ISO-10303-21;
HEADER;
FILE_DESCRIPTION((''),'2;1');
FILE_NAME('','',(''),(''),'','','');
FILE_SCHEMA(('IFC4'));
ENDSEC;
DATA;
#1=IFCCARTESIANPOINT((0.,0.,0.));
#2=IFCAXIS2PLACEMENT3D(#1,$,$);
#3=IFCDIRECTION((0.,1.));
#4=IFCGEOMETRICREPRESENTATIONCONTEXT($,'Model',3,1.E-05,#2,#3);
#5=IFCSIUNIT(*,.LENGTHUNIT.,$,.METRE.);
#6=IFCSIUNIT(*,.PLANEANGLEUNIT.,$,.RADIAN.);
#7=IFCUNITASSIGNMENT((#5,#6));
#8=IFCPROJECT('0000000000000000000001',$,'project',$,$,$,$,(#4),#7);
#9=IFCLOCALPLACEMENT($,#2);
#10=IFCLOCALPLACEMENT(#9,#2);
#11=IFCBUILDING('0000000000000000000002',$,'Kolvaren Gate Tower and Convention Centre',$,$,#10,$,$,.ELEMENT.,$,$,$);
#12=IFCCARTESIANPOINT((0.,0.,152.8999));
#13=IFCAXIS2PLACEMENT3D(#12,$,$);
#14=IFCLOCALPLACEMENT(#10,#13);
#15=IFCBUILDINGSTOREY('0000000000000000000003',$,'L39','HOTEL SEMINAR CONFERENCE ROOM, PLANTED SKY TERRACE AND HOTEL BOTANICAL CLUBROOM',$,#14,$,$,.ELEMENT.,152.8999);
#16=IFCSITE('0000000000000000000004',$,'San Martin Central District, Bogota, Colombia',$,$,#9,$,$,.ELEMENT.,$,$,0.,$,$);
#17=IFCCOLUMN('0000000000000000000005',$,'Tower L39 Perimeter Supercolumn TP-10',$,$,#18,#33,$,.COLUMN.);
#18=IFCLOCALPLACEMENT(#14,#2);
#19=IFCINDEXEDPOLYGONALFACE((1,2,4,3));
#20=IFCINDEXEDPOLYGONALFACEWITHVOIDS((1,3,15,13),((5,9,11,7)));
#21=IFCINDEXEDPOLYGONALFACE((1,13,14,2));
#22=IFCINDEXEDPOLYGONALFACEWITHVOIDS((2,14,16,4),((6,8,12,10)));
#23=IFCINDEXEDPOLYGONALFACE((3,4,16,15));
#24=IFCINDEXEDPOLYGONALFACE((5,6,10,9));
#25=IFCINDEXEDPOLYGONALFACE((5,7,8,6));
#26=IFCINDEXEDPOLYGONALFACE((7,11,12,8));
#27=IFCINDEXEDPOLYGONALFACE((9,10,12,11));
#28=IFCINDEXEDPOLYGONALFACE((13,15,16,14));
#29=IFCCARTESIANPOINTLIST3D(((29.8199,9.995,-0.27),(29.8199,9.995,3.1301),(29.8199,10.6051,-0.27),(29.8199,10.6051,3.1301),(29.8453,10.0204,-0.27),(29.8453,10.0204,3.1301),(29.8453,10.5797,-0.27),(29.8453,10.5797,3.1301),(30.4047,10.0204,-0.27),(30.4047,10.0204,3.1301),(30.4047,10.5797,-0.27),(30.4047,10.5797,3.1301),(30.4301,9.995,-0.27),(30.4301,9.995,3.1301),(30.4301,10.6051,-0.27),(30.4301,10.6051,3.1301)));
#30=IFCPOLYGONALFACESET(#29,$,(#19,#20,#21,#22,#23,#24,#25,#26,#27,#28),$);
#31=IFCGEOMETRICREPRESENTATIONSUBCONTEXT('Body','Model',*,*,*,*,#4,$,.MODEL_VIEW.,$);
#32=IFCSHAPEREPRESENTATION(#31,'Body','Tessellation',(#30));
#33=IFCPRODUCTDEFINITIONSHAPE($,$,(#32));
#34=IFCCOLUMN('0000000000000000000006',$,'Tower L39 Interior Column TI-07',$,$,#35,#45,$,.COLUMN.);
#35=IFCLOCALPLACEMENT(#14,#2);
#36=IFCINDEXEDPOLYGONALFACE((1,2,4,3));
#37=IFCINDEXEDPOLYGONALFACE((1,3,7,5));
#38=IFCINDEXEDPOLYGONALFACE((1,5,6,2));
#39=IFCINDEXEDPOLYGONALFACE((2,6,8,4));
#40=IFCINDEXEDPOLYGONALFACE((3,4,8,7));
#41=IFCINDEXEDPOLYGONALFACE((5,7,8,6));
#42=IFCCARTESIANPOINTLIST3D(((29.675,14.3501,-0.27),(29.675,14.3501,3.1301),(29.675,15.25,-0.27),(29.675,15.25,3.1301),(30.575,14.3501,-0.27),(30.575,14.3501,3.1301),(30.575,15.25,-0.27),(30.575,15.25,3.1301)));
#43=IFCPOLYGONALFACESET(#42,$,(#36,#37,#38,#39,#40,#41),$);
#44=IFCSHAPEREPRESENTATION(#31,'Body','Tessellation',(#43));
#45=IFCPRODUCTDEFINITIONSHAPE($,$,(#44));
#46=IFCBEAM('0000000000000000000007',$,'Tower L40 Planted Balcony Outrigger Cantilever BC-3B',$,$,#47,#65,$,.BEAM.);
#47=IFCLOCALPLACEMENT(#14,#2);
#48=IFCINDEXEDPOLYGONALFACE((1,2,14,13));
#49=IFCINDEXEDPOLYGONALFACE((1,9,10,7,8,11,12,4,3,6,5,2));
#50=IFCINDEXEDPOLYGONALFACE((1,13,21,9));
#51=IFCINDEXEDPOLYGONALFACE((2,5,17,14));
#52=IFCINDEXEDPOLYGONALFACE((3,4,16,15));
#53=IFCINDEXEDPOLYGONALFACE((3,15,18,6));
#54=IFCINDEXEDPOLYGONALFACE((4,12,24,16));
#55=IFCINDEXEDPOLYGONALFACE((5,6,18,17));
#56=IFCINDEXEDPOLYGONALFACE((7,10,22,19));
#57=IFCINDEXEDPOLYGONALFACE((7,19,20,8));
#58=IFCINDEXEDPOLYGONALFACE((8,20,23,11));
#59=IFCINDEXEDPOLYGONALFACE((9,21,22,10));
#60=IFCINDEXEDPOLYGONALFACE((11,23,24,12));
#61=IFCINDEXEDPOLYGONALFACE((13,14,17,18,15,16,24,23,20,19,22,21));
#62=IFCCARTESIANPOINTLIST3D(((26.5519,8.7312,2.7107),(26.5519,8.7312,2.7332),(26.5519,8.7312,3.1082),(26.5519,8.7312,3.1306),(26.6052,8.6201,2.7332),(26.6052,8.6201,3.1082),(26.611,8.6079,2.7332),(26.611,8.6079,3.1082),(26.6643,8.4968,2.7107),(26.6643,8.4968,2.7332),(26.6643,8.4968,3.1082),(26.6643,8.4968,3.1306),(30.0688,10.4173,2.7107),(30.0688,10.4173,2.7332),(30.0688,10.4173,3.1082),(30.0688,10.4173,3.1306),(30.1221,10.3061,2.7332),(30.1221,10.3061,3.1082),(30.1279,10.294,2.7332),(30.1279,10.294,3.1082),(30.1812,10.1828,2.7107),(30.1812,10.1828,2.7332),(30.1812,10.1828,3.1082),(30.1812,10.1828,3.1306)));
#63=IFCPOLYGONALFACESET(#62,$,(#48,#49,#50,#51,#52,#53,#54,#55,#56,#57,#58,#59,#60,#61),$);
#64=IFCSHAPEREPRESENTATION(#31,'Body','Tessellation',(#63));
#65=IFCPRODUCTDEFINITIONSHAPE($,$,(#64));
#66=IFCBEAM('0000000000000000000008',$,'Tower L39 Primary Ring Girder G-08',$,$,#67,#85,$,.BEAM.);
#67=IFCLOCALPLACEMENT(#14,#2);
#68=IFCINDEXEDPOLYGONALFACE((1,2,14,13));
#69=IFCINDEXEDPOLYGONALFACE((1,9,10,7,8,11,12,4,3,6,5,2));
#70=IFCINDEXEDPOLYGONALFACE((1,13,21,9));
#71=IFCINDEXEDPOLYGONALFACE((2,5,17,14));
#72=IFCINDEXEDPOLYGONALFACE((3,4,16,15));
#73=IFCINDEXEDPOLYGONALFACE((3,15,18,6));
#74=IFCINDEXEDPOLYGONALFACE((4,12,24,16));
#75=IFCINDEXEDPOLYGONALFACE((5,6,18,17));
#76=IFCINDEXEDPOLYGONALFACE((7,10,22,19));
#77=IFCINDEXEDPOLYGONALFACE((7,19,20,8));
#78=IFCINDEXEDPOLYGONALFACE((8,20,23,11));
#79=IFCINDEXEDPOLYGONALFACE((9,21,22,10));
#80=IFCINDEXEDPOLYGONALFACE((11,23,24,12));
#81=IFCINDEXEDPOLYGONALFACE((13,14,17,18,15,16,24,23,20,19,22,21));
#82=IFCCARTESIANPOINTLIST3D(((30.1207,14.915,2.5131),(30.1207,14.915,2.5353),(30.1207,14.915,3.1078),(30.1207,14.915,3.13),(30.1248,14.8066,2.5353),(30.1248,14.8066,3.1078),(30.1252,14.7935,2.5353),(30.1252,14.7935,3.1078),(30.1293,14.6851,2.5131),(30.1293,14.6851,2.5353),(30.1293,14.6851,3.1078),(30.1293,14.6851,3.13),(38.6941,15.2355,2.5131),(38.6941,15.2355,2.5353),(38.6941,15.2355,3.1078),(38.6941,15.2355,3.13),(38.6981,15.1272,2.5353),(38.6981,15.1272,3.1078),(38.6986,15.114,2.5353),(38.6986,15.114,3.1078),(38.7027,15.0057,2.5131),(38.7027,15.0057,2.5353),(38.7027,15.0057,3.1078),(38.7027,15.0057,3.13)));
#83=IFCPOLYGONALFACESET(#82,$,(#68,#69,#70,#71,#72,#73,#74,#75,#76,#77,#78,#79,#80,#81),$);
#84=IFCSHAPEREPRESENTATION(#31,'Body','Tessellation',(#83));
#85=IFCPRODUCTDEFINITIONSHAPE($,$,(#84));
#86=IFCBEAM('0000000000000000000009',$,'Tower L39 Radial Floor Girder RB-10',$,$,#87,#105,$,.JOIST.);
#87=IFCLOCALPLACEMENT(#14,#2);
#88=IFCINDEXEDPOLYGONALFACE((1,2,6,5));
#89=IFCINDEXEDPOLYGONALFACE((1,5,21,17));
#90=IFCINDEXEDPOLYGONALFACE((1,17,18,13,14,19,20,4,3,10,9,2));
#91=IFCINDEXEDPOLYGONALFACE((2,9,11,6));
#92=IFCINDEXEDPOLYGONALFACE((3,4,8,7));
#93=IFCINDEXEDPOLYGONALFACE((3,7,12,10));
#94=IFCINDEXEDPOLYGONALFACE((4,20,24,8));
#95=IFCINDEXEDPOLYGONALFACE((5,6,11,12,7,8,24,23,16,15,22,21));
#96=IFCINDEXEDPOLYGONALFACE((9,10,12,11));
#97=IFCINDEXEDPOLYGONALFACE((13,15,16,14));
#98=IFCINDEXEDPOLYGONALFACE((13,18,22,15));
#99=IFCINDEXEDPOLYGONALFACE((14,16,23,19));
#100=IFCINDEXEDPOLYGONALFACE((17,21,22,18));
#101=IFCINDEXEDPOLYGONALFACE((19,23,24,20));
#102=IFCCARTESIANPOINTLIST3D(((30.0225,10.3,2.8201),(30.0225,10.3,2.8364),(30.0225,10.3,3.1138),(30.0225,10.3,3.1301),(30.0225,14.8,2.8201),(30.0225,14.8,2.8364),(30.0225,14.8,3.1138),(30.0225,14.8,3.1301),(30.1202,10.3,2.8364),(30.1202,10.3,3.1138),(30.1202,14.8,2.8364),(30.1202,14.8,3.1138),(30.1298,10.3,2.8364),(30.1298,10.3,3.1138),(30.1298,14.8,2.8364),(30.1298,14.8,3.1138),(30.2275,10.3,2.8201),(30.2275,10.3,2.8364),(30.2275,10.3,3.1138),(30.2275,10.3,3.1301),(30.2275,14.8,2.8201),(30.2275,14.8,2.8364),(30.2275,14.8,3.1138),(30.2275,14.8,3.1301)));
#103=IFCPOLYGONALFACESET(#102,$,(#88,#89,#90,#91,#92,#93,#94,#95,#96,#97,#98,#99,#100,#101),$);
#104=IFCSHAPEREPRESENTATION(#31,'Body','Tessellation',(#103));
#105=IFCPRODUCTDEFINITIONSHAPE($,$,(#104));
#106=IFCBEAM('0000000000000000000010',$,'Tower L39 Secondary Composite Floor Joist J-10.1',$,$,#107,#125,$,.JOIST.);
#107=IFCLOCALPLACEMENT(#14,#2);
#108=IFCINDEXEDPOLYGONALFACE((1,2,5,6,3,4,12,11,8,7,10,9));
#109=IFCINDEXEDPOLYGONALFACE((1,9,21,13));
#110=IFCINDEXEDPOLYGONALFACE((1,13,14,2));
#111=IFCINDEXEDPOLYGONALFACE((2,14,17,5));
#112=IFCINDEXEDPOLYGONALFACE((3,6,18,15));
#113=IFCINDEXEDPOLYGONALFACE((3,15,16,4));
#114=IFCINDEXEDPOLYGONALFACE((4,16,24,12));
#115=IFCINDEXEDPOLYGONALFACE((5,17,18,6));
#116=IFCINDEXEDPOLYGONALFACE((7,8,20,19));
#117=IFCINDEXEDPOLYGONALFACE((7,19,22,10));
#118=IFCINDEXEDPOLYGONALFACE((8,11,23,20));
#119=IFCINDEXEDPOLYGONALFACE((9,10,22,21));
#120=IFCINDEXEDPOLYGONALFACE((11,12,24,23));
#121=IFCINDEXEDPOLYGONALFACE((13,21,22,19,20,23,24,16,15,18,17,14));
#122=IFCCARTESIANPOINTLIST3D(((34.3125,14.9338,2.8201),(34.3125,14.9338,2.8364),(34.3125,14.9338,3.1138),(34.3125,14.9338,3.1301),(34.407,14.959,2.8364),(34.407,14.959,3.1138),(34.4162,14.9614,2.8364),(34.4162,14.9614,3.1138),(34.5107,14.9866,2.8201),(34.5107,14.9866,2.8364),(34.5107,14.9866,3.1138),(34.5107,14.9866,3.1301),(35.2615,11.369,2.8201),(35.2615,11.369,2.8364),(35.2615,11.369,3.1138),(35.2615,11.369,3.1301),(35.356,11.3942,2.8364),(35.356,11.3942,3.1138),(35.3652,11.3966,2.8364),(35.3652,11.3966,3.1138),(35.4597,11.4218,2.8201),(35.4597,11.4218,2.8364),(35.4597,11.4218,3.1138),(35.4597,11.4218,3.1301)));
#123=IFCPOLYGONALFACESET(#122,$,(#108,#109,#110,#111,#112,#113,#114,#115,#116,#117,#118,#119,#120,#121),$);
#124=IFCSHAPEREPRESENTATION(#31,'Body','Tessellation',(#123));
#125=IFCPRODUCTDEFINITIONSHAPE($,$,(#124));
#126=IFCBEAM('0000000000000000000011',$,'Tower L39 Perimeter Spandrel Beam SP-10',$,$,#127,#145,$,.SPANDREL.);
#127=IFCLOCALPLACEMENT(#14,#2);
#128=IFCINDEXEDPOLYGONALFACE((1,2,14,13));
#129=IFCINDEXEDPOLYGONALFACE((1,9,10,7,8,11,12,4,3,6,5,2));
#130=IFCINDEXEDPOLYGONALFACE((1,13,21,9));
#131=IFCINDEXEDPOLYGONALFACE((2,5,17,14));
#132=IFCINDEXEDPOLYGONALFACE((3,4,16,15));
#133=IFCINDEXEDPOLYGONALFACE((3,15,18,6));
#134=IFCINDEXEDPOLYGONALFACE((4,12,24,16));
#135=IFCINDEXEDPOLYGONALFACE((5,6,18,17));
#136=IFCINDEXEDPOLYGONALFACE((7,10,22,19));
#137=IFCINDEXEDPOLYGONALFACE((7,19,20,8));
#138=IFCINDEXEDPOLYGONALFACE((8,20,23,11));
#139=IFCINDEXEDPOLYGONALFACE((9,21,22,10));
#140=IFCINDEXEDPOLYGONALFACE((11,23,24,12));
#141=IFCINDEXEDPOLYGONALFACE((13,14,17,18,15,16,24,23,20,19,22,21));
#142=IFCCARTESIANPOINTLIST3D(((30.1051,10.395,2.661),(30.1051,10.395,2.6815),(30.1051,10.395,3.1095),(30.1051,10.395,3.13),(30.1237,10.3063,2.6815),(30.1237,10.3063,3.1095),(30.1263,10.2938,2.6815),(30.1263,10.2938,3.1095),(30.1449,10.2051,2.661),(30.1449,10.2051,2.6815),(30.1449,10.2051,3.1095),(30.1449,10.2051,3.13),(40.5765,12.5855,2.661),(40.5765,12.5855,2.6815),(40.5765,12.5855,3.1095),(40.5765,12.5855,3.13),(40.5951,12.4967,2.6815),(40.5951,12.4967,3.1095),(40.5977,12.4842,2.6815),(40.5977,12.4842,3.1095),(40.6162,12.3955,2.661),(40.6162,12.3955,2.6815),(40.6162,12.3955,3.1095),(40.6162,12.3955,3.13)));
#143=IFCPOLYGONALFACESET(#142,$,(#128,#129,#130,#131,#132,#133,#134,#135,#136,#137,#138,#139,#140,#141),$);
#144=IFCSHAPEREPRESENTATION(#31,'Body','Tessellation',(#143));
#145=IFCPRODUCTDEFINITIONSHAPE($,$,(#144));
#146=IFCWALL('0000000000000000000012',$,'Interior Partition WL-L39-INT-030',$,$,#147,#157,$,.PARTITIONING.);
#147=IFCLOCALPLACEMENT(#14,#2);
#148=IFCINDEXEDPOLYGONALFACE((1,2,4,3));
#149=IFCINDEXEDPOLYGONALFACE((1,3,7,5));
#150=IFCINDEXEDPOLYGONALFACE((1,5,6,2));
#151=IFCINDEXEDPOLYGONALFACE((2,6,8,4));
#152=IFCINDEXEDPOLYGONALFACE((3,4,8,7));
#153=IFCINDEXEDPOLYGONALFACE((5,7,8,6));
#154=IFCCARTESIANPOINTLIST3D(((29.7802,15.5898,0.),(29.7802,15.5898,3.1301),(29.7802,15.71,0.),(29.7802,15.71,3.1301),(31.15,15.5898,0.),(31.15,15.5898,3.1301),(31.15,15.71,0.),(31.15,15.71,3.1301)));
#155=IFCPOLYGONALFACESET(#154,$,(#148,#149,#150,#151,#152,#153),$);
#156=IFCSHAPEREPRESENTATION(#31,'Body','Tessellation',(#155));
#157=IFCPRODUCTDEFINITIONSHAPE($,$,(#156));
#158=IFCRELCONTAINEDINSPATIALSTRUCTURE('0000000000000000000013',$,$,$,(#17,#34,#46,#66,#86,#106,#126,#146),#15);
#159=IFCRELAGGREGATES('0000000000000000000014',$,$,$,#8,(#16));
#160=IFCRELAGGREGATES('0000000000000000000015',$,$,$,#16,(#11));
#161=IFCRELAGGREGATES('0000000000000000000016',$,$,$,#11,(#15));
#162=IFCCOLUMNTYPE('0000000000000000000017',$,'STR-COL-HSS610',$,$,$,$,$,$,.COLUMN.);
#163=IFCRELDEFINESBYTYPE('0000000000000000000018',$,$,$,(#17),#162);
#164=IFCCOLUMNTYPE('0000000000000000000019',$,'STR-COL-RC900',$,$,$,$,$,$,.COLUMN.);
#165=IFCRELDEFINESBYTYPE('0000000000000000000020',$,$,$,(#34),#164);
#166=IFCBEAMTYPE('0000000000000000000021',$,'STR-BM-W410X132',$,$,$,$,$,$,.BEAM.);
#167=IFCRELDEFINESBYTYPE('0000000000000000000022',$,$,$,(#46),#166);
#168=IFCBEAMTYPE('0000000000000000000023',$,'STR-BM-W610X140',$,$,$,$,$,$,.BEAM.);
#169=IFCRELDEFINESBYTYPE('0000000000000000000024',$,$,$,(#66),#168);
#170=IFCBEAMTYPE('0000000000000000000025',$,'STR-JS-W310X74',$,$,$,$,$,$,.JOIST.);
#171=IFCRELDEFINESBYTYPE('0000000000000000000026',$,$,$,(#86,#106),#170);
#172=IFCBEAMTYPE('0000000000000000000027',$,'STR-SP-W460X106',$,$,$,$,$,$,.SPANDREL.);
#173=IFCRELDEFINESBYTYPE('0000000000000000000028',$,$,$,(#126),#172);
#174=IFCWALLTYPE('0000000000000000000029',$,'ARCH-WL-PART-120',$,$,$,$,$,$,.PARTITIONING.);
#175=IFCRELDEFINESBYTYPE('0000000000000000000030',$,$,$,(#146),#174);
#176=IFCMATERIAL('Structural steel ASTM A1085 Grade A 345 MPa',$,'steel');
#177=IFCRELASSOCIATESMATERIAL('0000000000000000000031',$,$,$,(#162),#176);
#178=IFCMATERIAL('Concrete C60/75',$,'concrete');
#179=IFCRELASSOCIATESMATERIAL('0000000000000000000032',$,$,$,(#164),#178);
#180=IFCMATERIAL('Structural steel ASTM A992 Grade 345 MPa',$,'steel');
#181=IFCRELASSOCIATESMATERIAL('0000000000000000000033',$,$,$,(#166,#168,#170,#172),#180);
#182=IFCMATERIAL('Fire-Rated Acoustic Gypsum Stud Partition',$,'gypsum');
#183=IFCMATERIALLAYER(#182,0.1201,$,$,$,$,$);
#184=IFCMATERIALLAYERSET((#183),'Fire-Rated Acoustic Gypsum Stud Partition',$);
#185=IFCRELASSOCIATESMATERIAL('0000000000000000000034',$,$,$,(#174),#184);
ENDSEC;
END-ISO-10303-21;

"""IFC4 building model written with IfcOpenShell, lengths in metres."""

from ifc_helpers import new_model, si_unit, direction, frame, frame_2d, origin, origin_2d, place, context, subcontext, project, spatial, rectangle, hollow_rectangle, i_section, extrude, material, layer, layer_set, material_profile, profile_set, type_object, element, save


model = new_model("IFC4")

# Units and contexts
model_context = context("Model", 3, precision=1e-05, world=origin(), true_north=direction((0.0, 1.0)))
body_context = subcontext(model_context, "Body", "Model", "MODEL_VIEW")
ifc_project = project(units=[si_unit("LENGTHUNIT", "METRE"), si_unit("PLANEANGLEUNIT", "RADIAN")], contexts=[model_context])

# Site, building, storey
site_placement = place(None, origin())
site = spatial("IfcSite", under=ifc_project, at=site_placement, Name="San Martin Central District, Bogota, Colombia", CompositionType="ELEMENT", RefElevation=0.0)
building_placement = place(site_placement, origin())
building = spatial("IfcBuilding", under=site, at=building_placement, Name="Kolvaren Gate Tower and Convention Centre", CompositionType="ELEMENT")
storey_placement = place(building_placement, frame((0.0, 0.0, 152.8999)))
storey = spatial("IfcBuildingStorey", under=building, at=storey_placement, Name="L39", Description="HOTEL SEMINAR CONFERENCE ROOM, PLANTED SKY TERRACE AND HOTEL BOTANICAL CLUBROOM", CompositionType="ELEMENT", Elevation=152.8999)

# Columns
ifc_material_1 = material(Name="Structural steel ASTM A1085 Grade A 345 MPa", Category="steel")
ifc_material_profile_1 = material_profile(ifc_material_1, hollow_rectangle(XDim=0.6101, YDim=0.6101, WallThickness=0.0254, at=origin_2d()), Name="HSS610X610X25.4")
ifc_profile_set_1 = profile_set([ifc_material_profile_1], Name="Structural steel ASTM A1085 Grade A 345 MPa")
column_type_1 = type_object("IfcColumnType", Name="STR-COL-HSS610", PredefinedType="COLUMN", material=ifc_profile_set_1)
column_1_placement = place(storey_placement, frame((30.125, 10.3, -0.27), z_axis=(0.0, 0.0, 1.0), x_axis=(1.0, 0.0, 0.0)))
element("IfcColumn", 1, at=column_1_placement, inside=storey, type_object=column_type_1, Name="Tower L39 Perimeter Supercolumn TP-10", PredefinedType="COLUMN", context=body_context, shape_type="SweptSolid", body=[
    extrude(hollow_rectangle(XDim=0.6101, YDim=0.6101, WallThickness=0.0254, at=origin_2d()), origin(), (0.0, 0.0, 1.0), 3.4001),
])
ifc_material_2 = material(Name="Concrete C60/75", Category="concrete")
ifc_material_profile_2 = material_profile(ifc_material_2, rectangle(XDim=0.8999, YDim=0.8999, at=origin_2d()), Name="RC-COL-900X900")
ifc_profile_set_2 = profile_set([ifc_material_profile_2], Name="Concrete C60/75")
column_type_2 = type_object("IfcColumnType", Name="STR-COL-RC900", PredefinedType="COLUMN", material=ifc_profile_set_2)
column_2_placement = place(storey_placement, frame((30.125, 14.8, -0.27), z_axis=(0.0, 0.0, 1.0), x_axis=(1.0, 0.0, 0.0)))
element("IfcColumn", 2, at=column_2_placement, inside=storey, type_object=column_type_2, Name="Tower L39 Interior Column TI-07", PredefinedType="COLUMN", context=body_context, shape_type="SweptSolid", body=[
    extrude(rectangle(XDim=0.8999, YDim=0.8999, at=origin_2d()), origin(), (0.0, 0.0, 1.0), 3.4001),
])

# Beams
ifc_material_3 = material(Name="Structural steel ASTM A992 Grade 345 MPa", Category="steel")
ifc_material_profile_3 = material_profile(ifc_material_3, i_section(OverallWidth=0.26, OverallDepth=0.4199, WebThickness=0.0134, FlangeThickness=0.0225, at=origin_2d()), Name="W410X132")
ifc_profile_set_3 = profile_set([ifc_material_profile_3], Name="Structural steel ASTM A992 Grade 345 MPa")
beam_type_1 = type_object("IfcBeamType", Name="STR-BM-W410X132", PredefinedType="BEAM", material=ifc_profile_set_3)
beam_1_placement = place(storey_placement, frame((30.125, 10.3, 2.9207), z_axis=(-0.901728, -0.432304, 0.0), x_axis=(0.432304, -0.901728, 0.0)))
element("IfcBeam", 3, at=beam_1_placement, inside=storey, type_object=beam_type_1, Name="Tower L40 Planted Balcony Outrigger Cantilever BC-3B", PredefinedType="BEAM", context=body_context, shape_type="SweptSolid", body=[
    extrude(i_section(OverallWidth=0.26, OverallDepth=0.4199, WebThickness=0.0134, FlangeThickness=0.0225, at=origin_2d()), origin(), (0.0, 0.0, 1.0), 3.9001),
])
ifc_material_profile_4 = material_profile(ifc_material_3, i_section(OverallWidth=0.23, OverallDepth=0.6169, WebThickness=0.0132, FlangeThickness=0.0222, at=origin_2d()), Name="W610X140")
ifc_profile_set_4 = profile_set([ifc_material_profile_4], Name="Structural steel ASTM A992 Grade 345 MPa")
beam_type_2 = type_object("IfcBeamType", Name="STR-BM-W610X140", PredefinedType="BEAM", material=ifc_profile_set_4)
beam_2_placement = place(storey_placement, frame((30.125, 14.8, 2.8215), z_axis=(0.999302, 0.037364, 0.0), x_axis=(-0.037364, 0.999302, 0.0)))
element("IfcBeam", 4, at=beam_2_placement, inside=storey, type_object=beam_type_2, Name="Tower L39 Primary Ring Girder G-08", PredefinedType="BEAM", context=body_context, shape_type="SweptSolid", body=[
    extrude(i_section(OverallWidth=0.23, OverallDepth=0.6169, WebThickness=0.0132, FlangeThickness=0.0222, at=origin_2d()), origin(), (0.0, 0.0, 1.0), 8.5793),
])
ifc_material_profile_5 = material_profile(ifc_material_3, i_section(OverallWidth=0.2051, OverallDepth=0.3101, WebThickness=0.0095, FlangeThickness=0.0164, at=origin_2d()), Name="W310X74")
ifc_profile_set_5 = profile_set([ifc_material_profile_5], Name="Structural steel ASTM A992 Grade 345 MPa")
beam_type_3 = type_object("IfcBeamType", Name="STR-JS-W310X74", PredefinedType="JOIST", material=ifc_profile_set_5)
beam_3_placement = place(storey_placement, frame((30.125, 14.8, 2.9751), z_axis=(0.0, -1.0, 0.0), x_axis=(1.0, 0.0, 0.0)))
element("IfcBeam", 5, at=beam_3_placement, inside=storey, type_object=beam_type_3, Name="Tower L39 Radial Floor Girder RB-10", PredefinedType="JOIST", context=body_context, shape_type="SweptSolid", body=[
    extrude(i_section(OverallWidth=0.2051, OverallDepth=0.3101, WebThickness=0.0095, FlangeThickness=0.0164, at=origin_2d()), origin(), (0.0, 0.0, 1.0), 4.5),
])
beam_4_placement = place(storey_placement, frame((34.4116, 14.9602, 2.9751), z_axis=(0.257238, -0.966348, 0.0), x_axis=(0.966348, 0.257238, 0.0)))
element("IfcBeam", 6, at=beam_4_placement, inside=storey, type_object=beam_type_3, Name="Tower L39 Secondary Composite Floor Joist J-10.1", PredefinedType="JOIST", context=body_context, shape_type="SweptSolid", body=[
    extrude(i_section(OverallWidth=0.2051, OverallDepth=0.3101, WebThickness=0.0095, FlangeThickness=0.0164, at=origin_2d()), origin(), (0.0, 0.0, 1.0), 3.689),
])
ifc_material_profile_6 = material_profile(ifc_material_3, i_section(OverallWidth=0.1941, OverallDepth=0.469, WebThickness=0.0127, FlangeThickness=0.0205, at=origin_2d()), Name="W460X106")
ifc_profile_set_6 = profile_set([ifc_material_profile_6], Name="Structural steel ASTM A992 Grade 345 MPa")
beam_type_4 = type_object("IfcBeamType", Name="STR-SP-W460X106", PredefinedType="SPANDREL", material=ifc_profile_set_6)
beam_5_placement = place(storey_placement, frame((30.125, 10.3, 2.8955), z_axis=(0.978814, 0.20475, 0.0), x_axis=(-0.20475, 0.978814, 0.0)))
element("IfcBeam", 7, at=beam_5_placement, inside=storey, type_object=beam_type_4, Name="Tower L39 Perimeter Spandrel Beam SP-10", PredefinedType="SPANDREL", context=body_context, shape_type="SweptSolid", body=[
    extrude(i_section(OverallWidth=0.1941, OverallDepth=0.469, WebThickness=0.0127, FlangeThickness=0.0205, at=origin_2d()), origin(), (0.0, 0.0, 1.0), 10.698),
])

# Wall
ifc_material_4 = material(Name="Fire-Rated Acoustic Gypsum Stud Partition", Category="gypsum")
ifc_layer_1 = layer(ifc_material_4, 0.1201)
ifc_layer_set_1 = layer_set([ifc_layer_1], Name="Fire-Rated Acoustic Gypsum Stud Partition")
wall_type_1 = type_object("IfcWallType", Name="ARCH-WL-PART-120", PredefinedType="PARTITIONING", material=ifc_layer_set_1)
wall_1_placement = place(storey_placement, frame((29.78, 15.6499, 0.0), z_axis=(0.0, 0.0, 1.0), x_axis=(1.0, 0.0, 0.0)))
element("IfcWall", 8, at=wall_1_placement, inside=storey, type_object=wall_type_1, Name="Interior Partition WL-L39-INT-030", PredefinedType="PARTITIONING", context=body_context, shape_type="SweptSolid", body=[
    extrude(rectangle(XDim=1.3699, YDim=0.1201, at=frame_2d((0.6851, 0.0))), origin(), (0.0, 0.0, 1.0), 3.1301),
])

save(model, "model.ifc")
